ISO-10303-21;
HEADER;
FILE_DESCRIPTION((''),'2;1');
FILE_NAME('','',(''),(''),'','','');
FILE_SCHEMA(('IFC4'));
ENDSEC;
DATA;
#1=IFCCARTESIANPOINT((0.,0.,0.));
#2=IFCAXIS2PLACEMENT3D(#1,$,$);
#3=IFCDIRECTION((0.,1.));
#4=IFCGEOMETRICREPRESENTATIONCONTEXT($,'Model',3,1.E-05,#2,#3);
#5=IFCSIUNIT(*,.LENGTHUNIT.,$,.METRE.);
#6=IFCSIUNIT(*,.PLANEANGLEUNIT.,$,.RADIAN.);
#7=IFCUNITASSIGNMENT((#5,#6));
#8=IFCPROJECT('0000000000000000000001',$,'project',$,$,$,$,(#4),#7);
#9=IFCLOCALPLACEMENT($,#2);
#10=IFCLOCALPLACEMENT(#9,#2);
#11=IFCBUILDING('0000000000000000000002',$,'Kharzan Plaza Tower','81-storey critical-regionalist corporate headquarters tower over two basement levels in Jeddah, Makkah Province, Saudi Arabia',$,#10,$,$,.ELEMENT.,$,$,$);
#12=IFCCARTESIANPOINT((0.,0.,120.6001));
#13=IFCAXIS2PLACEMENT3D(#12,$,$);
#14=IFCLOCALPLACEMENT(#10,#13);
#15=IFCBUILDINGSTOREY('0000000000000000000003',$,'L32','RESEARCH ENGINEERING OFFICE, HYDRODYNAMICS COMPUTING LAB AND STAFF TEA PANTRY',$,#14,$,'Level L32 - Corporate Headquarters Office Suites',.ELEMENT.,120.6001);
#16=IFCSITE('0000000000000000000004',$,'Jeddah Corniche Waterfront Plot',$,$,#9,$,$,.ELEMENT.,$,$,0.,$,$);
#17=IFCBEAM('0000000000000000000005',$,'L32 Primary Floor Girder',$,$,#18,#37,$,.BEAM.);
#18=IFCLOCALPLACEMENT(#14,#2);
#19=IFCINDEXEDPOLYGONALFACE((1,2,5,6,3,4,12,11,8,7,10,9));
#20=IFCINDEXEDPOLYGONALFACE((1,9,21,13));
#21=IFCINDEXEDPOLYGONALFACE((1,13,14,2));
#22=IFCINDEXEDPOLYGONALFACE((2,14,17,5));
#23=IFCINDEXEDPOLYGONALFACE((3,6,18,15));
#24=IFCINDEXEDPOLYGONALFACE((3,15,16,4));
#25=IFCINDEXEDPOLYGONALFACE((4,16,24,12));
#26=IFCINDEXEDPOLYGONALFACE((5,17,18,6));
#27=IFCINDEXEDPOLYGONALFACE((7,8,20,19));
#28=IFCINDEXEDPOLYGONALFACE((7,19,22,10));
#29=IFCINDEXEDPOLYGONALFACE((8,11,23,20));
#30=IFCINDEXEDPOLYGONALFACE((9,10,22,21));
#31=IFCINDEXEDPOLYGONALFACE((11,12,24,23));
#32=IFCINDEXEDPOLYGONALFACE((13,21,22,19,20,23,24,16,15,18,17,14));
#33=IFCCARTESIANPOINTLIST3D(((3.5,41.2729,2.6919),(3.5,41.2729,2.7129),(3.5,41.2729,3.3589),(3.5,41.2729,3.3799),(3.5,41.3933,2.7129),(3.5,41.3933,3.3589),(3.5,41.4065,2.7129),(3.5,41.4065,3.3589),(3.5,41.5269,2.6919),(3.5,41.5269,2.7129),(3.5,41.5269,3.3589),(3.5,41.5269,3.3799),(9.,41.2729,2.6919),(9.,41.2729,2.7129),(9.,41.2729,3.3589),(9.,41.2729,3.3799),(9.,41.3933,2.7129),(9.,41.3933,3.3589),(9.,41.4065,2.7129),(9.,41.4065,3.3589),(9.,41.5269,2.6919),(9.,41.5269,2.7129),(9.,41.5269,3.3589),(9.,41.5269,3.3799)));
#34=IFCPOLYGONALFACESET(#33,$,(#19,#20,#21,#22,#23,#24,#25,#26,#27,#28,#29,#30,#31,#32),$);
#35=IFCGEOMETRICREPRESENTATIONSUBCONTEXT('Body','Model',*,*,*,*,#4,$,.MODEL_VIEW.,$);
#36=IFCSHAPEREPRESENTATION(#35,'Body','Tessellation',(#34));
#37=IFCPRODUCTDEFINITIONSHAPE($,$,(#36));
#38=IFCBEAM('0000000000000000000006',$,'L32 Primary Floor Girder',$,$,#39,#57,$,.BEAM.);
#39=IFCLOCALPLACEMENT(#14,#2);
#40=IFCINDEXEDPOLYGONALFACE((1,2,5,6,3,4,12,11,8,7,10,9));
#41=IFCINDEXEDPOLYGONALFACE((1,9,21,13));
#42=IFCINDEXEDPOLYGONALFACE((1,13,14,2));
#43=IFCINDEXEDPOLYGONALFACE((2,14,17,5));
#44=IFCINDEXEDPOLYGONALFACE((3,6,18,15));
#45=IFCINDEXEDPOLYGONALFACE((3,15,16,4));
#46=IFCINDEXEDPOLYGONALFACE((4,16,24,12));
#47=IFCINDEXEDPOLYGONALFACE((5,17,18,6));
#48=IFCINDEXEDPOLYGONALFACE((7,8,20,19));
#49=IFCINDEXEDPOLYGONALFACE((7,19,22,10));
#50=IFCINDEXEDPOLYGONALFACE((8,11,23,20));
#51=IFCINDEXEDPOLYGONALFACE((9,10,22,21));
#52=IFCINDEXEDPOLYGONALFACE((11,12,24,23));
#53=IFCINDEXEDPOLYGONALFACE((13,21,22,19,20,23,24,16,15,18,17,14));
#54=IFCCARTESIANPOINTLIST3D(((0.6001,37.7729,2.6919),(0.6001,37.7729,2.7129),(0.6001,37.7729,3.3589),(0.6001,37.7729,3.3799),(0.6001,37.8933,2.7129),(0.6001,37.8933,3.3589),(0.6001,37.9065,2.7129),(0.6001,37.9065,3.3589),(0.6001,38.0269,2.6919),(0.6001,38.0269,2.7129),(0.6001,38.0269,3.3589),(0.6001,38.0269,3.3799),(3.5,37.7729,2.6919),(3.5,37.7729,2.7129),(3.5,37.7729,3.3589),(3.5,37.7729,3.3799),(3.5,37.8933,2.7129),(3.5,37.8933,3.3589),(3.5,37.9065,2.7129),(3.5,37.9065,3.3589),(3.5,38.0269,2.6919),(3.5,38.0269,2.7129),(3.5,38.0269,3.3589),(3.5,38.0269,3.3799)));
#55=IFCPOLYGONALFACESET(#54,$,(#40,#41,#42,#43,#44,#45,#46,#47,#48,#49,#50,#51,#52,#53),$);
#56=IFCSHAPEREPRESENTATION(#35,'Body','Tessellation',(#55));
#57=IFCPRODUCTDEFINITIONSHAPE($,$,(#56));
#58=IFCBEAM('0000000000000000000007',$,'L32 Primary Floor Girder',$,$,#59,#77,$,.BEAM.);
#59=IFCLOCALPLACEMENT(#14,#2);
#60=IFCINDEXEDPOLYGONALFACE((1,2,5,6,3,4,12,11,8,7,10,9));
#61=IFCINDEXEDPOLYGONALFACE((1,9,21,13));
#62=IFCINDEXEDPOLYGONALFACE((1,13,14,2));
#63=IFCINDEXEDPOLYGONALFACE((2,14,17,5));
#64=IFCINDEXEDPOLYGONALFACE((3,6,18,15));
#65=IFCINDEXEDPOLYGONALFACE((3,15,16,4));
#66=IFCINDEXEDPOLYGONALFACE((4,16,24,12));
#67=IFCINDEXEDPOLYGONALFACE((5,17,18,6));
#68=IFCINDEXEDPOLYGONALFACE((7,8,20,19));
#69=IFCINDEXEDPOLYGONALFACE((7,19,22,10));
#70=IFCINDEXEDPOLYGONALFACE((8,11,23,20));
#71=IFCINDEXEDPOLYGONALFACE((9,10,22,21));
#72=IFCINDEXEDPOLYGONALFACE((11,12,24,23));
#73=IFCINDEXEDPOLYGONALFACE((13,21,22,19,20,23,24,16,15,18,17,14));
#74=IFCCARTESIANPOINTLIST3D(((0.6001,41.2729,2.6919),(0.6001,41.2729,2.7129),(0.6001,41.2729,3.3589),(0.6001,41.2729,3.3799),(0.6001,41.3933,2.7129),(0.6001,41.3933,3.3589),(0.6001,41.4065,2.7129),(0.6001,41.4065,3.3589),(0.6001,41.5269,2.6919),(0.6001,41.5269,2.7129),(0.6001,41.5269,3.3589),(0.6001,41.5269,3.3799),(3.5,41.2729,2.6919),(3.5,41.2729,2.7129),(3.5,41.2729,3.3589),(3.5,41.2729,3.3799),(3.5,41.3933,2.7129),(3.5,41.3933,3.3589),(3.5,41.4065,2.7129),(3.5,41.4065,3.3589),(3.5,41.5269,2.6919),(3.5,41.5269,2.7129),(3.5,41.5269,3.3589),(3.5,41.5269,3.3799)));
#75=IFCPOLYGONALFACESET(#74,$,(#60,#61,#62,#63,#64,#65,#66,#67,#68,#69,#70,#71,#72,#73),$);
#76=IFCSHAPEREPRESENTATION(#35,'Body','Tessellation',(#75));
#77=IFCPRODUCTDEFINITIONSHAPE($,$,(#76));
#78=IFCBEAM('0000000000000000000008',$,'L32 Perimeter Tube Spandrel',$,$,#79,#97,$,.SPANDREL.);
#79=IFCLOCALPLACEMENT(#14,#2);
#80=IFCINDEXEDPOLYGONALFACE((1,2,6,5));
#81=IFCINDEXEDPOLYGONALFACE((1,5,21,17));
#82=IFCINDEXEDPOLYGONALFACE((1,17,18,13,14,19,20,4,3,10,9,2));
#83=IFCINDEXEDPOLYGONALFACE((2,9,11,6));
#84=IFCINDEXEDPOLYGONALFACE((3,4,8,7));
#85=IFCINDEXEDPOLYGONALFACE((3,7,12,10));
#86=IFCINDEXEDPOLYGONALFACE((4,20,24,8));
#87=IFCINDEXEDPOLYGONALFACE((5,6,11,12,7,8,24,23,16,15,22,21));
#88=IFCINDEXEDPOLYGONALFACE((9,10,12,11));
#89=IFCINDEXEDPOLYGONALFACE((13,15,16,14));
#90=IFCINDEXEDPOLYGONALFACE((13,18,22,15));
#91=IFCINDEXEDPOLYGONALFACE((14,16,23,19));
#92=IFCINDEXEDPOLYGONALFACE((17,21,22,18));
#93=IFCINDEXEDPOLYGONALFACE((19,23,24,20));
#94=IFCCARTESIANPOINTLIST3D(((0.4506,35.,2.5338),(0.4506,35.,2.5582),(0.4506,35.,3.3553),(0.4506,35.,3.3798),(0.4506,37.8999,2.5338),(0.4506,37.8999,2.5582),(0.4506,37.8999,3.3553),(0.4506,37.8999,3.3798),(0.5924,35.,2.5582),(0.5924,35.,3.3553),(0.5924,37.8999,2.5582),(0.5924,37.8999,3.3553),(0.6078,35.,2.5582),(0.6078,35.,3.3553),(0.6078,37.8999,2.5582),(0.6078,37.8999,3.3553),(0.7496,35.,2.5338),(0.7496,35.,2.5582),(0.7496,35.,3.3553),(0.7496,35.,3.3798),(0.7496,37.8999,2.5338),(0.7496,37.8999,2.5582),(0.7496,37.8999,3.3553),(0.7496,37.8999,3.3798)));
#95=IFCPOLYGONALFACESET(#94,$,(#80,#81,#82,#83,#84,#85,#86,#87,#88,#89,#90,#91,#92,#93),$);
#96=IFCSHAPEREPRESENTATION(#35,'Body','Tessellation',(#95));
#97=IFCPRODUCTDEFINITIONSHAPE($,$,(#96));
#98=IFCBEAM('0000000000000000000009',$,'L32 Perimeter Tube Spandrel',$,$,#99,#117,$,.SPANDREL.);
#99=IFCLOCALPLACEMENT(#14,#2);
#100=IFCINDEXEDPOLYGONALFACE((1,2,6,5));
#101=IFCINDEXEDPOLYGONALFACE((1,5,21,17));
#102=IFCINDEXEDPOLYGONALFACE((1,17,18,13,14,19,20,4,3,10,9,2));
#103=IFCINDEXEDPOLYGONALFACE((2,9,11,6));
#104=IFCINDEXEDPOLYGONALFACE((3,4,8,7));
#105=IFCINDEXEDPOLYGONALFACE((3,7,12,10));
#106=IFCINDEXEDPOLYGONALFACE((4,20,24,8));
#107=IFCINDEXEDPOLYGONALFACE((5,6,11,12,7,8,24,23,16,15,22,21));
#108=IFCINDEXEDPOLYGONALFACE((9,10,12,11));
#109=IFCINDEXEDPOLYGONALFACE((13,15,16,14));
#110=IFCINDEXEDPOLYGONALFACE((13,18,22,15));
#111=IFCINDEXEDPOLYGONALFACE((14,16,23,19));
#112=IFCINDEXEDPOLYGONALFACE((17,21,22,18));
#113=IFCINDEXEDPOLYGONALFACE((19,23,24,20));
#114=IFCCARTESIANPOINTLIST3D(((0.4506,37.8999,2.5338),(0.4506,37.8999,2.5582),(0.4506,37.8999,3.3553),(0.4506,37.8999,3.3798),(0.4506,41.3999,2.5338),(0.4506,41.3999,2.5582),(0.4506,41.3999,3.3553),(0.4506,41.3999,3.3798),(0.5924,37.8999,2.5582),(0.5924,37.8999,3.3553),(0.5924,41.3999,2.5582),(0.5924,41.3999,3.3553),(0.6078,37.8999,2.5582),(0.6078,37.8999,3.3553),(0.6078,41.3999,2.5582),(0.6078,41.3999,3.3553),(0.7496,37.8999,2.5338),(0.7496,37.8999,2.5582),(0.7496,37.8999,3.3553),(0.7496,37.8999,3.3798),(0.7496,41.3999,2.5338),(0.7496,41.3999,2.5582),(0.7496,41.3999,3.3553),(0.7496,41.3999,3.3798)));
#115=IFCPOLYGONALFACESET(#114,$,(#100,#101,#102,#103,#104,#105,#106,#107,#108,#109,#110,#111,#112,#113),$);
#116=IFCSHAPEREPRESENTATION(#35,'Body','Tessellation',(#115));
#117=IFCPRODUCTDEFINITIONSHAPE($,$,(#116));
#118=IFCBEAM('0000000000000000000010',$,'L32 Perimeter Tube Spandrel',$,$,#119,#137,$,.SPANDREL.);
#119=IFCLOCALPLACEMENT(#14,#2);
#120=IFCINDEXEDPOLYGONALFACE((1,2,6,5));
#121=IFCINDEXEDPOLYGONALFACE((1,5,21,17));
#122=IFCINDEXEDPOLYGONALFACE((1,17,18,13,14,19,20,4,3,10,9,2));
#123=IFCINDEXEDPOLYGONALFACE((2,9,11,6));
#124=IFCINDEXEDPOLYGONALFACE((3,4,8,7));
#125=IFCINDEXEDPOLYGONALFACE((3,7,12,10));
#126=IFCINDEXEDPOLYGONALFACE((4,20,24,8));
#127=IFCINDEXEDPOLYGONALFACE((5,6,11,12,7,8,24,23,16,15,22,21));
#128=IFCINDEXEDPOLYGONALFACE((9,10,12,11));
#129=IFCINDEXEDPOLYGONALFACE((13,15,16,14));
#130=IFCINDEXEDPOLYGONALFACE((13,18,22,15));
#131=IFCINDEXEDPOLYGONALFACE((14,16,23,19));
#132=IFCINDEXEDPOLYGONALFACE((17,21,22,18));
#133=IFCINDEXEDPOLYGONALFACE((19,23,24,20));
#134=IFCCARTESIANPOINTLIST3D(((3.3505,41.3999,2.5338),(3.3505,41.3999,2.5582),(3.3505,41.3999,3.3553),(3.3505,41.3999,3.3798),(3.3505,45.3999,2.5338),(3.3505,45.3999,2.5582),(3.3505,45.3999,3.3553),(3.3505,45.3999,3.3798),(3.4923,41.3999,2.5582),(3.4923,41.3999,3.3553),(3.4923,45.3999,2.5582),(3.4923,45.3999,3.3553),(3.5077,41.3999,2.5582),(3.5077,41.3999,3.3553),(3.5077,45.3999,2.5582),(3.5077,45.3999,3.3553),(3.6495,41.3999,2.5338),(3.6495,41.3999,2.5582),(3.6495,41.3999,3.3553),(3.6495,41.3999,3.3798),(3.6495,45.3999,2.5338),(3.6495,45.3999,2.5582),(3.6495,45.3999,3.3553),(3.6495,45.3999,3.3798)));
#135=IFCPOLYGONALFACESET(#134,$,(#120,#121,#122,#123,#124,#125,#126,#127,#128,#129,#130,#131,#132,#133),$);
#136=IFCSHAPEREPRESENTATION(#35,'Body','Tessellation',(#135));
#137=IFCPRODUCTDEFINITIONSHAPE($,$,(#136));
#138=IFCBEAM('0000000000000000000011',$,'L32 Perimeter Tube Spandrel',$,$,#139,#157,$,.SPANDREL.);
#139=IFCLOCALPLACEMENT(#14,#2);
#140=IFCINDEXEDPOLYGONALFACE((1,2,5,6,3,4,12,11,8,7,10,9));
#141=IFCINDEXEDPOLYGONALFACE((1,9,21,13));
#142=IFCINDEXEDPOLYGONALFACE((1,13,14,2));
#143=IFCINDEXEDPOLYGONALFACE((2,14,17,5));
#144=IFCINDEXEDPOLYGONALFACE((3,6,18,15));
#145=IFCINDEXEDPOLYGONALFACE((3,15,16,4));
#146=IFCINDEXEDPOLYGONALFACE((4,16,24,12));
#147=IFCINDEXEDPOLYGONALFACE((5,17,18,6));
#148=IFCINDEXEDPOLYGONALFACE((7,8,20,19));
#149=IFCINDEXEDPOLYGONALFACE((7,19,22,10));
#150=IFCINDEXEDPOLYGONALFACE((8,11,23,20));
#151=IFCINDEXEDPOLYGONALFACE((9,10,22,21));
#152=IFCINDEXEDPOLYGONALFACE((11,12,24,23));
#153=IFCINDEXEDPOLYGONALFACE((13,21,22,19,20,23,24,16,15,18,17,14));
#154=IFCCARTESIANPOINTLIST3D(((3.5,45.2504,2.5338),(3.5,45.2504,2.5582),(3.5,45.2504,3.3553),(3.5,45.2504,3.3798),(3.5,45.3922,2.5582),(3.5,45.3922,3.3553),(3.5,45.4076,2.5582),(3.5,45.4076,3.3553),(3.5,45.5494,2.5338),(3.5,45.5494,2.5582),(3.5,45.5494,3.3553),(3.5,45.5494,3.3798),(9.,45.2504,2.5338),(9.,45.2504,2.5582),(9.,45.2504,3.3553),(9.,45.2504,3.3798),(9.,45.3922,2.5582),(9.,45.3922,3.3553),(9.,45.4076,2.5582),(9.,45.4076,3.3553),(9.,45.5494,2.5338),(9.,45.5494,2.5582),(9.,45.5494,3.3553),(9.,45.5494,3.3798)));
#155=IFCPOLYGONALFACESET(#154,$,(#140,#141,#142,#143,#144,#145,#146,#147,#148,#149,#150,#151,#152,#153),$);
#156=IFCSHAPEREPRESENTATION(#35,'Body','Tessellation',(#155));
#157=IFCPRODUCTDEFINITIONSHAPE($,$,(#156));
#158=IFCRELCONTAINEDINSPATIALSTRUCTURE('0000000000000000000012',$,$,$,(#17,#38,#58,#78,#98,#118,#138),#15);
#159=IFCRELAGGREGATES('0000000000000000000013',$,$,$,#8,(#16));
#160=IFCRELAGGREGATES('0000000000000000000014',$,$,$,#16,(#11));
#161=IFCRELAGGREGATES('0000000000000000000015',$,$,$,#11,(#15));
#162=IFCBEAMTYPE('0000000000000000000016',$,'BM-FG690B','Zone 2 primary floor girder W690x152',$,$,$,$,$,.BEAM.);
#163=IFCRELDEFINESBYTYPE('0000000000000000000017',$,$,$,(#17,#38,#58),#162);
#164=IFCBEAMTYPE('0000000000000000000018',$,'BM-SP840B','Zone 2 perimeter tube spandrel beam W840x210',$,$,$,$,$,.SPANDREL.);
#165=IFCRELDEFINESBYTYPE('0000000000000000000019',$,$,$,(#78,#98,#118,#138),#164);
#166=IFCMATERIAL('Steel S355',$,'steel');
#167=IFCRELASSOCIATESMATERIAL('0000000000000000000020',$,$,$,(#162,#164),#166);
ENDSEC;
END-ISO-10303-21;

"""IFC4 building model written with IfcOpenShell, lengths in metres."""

from ifc_helpers import new_model, si_unit, direction, frame, origin, origin_2d, place, context, subcontext, project, spatial, i_section, extrude, source, transform, mapped, material, material_profile, profile_set, type_object, element, save


model = new_model("IFC4")

# Units and contexts
model_context = context("Model", 3, precision=1e-05, world=origin(), true_north=direction((0.0, 1.0)))
body_context = subcontext(model_context, "Body", "Model", "MODEL_VIEW")
ifc_project = project(units=[si_unit("LENGTHUNIT", "METRE"), si_unit("PLANEANGLEUNIT", "RADIAN")], contexts=[model_context])

# Site, building, storey
site_placement = place(None, origin())
site = spatial("IfcSite", under=ifc_project, at=site_placement, Name="Jeddah Corniche Waterfront Plot", CompositionType="ELEMENT", RefElevation=0.0)
building_placement = place(site_placement, origin())
building = spatial("IfcBuilding", under=site, at=building_placement, Name="Kharzan Plaza Tower", Description="81-storey critical-regionalist corporate headquarters tower over two basement levels in Jeddah, Makkah Province, Saudi Arabia", CompositionType="ELEMENT")
storey_placement = place(building_placement, frame((0.0, 0.0, 120.6001)))
storey = spatial("IfcBuildingStorey", under=building, at=storey_placement, Name="L32", Description="RESEARCH ENGINEERING OFFICE, HYDRODYNAMICS COMPUTING LAB AND STAFF TEA PANTRY", LongName="Level L32 - Corporate Headquarters Office Suites", CompositionType="ELEMENT", Elevation=120.6001)

# Beams
ifc_material_1 = material(Name="Steel S355", Category="steel")
ifc_material_profile_1 = material_profile(ifc_material_1, i_section(OverallWidth=0.2539, OverallDepth=0.688, WebThickness=0.0132, FlangeThickness=0.021, at=origin_2d()), Name="W690x152")
ifc_profile_set_1 = profile_set([ifc_material_profile_1], Name="Steel S355")
beam_type_1 = type_object("IfcBeamType", Name="BM-FG690B", Description="Zone 2 primary floor girder W690x152", PredefinedType="BEAM", material=ifc_profile_set_1)
shared_shape_1 = source(origin(), body_context, "Body", "SweptSolid", [
    extrude(i_section(OverallWidth=0.2539, OverallDepth=0.688, WebThickness=0.0132, FlangeThickness=0.021, at=origin_2d()), origin(), (0.0, 0.0, 1.0), 5.5),
])
for number, where, z_axis, x_axis, name in (
    (1, (3.5, 41.3999, 3.0359), (1.0, 0.0, 0.0), (0.0, 1.0, 0.0), "L32 Primary Floor Girder"),
):
    element("IfcBeam", number, at=place(storey_placement, frame(where, z_axis=z_axis, x_axis=x_axis)), inside=storey, type_object=beam_type_1, Name=name, PredefinedType="BEAM", context=body_context, shape_type="MappedRepresentation", body=[
        mapped(shared_shape_1, transform((0.0, 0.0, 0.0), x_axis=(1.0, 0.0, 0.0), y_axis=(0.0, 1.0, 0.0), z_axis=(0.0, 0.0, 1.0))),
    ])
shared_shape_2 = source(origin(), body_context, "Body", "SweptSolid", [
    extrude(i_section(OverallWidth=0.2539, OverallDepth=0.688, WebThickness=0.0132, FlangeThickness=0.021, at=origin_2d()), origin(), (0.0, 0.0, 1.0), 2.8999),
])
for number, where, z_axis, x_axis, name in (
    (2, (0.6001, 37.8999, 3.0359), (1.0, 0.0, 0.0), (0.0, 1.0, 0.0), "L32 Primary Floor Girder"),
    (3, (0.6001, 41.3999, 3.0359), (1.0, 0.0, 0.0), (0.0, 1.0, 0.0), "L32 Primary Floor Girder"),
):
    element("IfcBeam", number, at=place(storey_placement, frame(where, z_axis=z_axis, x_axis=x_axis)), inside=storey, type_object=beam_type_1, Name=name, PredefinedType="BEAM", context=body_context, shape_type="MappedRepresentation", body=[
        mapped(shared_shape_2, transform((0.0, 0.0, 0.0), x_axis=(1.0, 0.0, 0.0), y_axis=(0.0, 1.0, 0.0), z_axis=(0.0, 0.0, 1.0))),
    ])
ifc_material_profile_2 = material_profile(ifc_material_1, i_section(OverallWidth=0.2991, OverallDepth=0.8459, WebThickness=0.0154, FlangeThickness=0.0244, at=origin_2d()), Name="W840x210")
ifc_profile_set_2 = profile_set([ifc_material_profile_2], Name="Steel S355")
beam_type_2 = type_object("IfcBeamType", Name="BM-SP840B", Description="Zone 2 perimeter tube spandrel beam W840x210", PredefinedType="SPANDREL", material=ifc_profile_set_2)
shared_shape_3 = source(origin(), body_context, "Body", "SweptSolid", [
    extrude(i_section(OverallWidth=0.2991, OverallDepth=0.8459, WebThickness=0.0154, FlangeThickness=0.0244, at=origin_2d()), origin(), (0.0, 0.0, 1.0), 2.8999),
])
beam_1_placement = place(storey_placement, frame((0.6001, 35.0, 2.9568), z_axis=(0.0, 1.0, 0.0), x_axis=(-1.0, 0.0, 0.0)))
element("IfcBeam", 4, at=beam_1_placement, inside=storey, type_object=beam_type_2, Name="L32 Perimeter Tube Spandrel", PredefinedType="SPANDREL", context=body_context, shape_type="MappedRepresentation", body=[
    mapped(shared_shape_3, transform((0.0, 0.0, 0.0), x_axis=(1.0, 0.0, 0.0), y_axis=(0.0, 1.0, 0.0), z_axis=(0.0, 0.0, 1.0))),
])
shared_shape_4 = source(origin(), body_context, "Body", "SweptSolid", [
    extrude(i_section(OverallWidth=0.2991, OverallDepth=0.8459, WebThickness=0.0154, FlangeThickness=0.0244, at=origin_2d()), origin(), (0.0, 0.0, 1.0), 3.5),
])
beam_2_placement = place(storey_placement, frame((0.6001, 37.8999, 2.9568), z_axis=(0.0, 1.0, 0.0), x_axis=(-1.0, 0.0, 0.0)))
element("IfcBeam", 5, at=beam_2_placement, inside=storey, type_object=beam_type_2, Name="L32 Perimeter Tube Spandrel", PredefinedType="SPANDREL", context=body_context, shape_type="MappedRepresentation", body=[
    mapped(shared_shape_4, transform((0.0, 0.0, 0.0), x_axis=(1.0, 0.0, 0.0), y_axis=(0.0, 1.0, 0.0), z_axis=(0.0, 0.0, 1.0))),
])
shared_shape_5 = source(origin(), body_context, "Body", "SweptSolid", [
    extrude(i_section(OverallWidth=0.2991, OverallDepth=0.8459, WebThickness=0.0154, FlangeThickness=0.0244, at=origin_2d()), origin(), (0.0, 0.0, 1.0), 4.0),
])
beam_3_placement = place(storey_placement, frame((3.5, 41.3999, 2.9568), z_axis=(0.0, 1.0, 0.0), x_axis=(-1.0, 0.0, 0.0)))
element("IfcBeam", 6, at=beam_3_placement, inside=storey, type_object=beam_type_2, Name="L32 Perimeter Tube Spandrel", PredefinedType="SPANDREL", context=body_context, shape_type="MappedRepresentation", body=[
    mapped(shared_shape_5, transform((0.0, 0.0, 0.0), x_axis=(1.0, 0.0, 0.0), y_axis=(0.0, 1.0, 0.0), z_axis=(0.0, 0.0, 1.0))),
])
shared_shape_6 = source(origin(), body_context, "Body", "SweptSolid", [
    extrude(i_section(OverallWidth=0.2991, OverallDepth=0.8459, WebThickness=0.0154, FlangeThickness=0.0244, at=origin_2d()), origin(), (0.0, 0.0, 1.0), 5.5),
])
beam_4_placement = place(storey_placement, frame((3.5, 45.3999, 2.9568), z_axis=(1.0, 0.0, 0.0), x_axis=(0.0, 1.0, 0.0)))
element("IfcBeam", 7, at=beam_4_placement, inside=storey, type_object=beam_type_2, Name="L32 Perimeter Tube Spandrel", PredefinedType="SPANDREL", context=body_context, shape_type="MappedRepresentation", body=[
    mapped(shared_shape_6, transform((0.0, 0.0, 0.0), x_axis=(1.0, 0.0, 0.0), y_axis=(0.0, 1.0, 0.0), z_axis=(0.0, 0.0, 1.0))),
])

save(model, "model.ifc")
